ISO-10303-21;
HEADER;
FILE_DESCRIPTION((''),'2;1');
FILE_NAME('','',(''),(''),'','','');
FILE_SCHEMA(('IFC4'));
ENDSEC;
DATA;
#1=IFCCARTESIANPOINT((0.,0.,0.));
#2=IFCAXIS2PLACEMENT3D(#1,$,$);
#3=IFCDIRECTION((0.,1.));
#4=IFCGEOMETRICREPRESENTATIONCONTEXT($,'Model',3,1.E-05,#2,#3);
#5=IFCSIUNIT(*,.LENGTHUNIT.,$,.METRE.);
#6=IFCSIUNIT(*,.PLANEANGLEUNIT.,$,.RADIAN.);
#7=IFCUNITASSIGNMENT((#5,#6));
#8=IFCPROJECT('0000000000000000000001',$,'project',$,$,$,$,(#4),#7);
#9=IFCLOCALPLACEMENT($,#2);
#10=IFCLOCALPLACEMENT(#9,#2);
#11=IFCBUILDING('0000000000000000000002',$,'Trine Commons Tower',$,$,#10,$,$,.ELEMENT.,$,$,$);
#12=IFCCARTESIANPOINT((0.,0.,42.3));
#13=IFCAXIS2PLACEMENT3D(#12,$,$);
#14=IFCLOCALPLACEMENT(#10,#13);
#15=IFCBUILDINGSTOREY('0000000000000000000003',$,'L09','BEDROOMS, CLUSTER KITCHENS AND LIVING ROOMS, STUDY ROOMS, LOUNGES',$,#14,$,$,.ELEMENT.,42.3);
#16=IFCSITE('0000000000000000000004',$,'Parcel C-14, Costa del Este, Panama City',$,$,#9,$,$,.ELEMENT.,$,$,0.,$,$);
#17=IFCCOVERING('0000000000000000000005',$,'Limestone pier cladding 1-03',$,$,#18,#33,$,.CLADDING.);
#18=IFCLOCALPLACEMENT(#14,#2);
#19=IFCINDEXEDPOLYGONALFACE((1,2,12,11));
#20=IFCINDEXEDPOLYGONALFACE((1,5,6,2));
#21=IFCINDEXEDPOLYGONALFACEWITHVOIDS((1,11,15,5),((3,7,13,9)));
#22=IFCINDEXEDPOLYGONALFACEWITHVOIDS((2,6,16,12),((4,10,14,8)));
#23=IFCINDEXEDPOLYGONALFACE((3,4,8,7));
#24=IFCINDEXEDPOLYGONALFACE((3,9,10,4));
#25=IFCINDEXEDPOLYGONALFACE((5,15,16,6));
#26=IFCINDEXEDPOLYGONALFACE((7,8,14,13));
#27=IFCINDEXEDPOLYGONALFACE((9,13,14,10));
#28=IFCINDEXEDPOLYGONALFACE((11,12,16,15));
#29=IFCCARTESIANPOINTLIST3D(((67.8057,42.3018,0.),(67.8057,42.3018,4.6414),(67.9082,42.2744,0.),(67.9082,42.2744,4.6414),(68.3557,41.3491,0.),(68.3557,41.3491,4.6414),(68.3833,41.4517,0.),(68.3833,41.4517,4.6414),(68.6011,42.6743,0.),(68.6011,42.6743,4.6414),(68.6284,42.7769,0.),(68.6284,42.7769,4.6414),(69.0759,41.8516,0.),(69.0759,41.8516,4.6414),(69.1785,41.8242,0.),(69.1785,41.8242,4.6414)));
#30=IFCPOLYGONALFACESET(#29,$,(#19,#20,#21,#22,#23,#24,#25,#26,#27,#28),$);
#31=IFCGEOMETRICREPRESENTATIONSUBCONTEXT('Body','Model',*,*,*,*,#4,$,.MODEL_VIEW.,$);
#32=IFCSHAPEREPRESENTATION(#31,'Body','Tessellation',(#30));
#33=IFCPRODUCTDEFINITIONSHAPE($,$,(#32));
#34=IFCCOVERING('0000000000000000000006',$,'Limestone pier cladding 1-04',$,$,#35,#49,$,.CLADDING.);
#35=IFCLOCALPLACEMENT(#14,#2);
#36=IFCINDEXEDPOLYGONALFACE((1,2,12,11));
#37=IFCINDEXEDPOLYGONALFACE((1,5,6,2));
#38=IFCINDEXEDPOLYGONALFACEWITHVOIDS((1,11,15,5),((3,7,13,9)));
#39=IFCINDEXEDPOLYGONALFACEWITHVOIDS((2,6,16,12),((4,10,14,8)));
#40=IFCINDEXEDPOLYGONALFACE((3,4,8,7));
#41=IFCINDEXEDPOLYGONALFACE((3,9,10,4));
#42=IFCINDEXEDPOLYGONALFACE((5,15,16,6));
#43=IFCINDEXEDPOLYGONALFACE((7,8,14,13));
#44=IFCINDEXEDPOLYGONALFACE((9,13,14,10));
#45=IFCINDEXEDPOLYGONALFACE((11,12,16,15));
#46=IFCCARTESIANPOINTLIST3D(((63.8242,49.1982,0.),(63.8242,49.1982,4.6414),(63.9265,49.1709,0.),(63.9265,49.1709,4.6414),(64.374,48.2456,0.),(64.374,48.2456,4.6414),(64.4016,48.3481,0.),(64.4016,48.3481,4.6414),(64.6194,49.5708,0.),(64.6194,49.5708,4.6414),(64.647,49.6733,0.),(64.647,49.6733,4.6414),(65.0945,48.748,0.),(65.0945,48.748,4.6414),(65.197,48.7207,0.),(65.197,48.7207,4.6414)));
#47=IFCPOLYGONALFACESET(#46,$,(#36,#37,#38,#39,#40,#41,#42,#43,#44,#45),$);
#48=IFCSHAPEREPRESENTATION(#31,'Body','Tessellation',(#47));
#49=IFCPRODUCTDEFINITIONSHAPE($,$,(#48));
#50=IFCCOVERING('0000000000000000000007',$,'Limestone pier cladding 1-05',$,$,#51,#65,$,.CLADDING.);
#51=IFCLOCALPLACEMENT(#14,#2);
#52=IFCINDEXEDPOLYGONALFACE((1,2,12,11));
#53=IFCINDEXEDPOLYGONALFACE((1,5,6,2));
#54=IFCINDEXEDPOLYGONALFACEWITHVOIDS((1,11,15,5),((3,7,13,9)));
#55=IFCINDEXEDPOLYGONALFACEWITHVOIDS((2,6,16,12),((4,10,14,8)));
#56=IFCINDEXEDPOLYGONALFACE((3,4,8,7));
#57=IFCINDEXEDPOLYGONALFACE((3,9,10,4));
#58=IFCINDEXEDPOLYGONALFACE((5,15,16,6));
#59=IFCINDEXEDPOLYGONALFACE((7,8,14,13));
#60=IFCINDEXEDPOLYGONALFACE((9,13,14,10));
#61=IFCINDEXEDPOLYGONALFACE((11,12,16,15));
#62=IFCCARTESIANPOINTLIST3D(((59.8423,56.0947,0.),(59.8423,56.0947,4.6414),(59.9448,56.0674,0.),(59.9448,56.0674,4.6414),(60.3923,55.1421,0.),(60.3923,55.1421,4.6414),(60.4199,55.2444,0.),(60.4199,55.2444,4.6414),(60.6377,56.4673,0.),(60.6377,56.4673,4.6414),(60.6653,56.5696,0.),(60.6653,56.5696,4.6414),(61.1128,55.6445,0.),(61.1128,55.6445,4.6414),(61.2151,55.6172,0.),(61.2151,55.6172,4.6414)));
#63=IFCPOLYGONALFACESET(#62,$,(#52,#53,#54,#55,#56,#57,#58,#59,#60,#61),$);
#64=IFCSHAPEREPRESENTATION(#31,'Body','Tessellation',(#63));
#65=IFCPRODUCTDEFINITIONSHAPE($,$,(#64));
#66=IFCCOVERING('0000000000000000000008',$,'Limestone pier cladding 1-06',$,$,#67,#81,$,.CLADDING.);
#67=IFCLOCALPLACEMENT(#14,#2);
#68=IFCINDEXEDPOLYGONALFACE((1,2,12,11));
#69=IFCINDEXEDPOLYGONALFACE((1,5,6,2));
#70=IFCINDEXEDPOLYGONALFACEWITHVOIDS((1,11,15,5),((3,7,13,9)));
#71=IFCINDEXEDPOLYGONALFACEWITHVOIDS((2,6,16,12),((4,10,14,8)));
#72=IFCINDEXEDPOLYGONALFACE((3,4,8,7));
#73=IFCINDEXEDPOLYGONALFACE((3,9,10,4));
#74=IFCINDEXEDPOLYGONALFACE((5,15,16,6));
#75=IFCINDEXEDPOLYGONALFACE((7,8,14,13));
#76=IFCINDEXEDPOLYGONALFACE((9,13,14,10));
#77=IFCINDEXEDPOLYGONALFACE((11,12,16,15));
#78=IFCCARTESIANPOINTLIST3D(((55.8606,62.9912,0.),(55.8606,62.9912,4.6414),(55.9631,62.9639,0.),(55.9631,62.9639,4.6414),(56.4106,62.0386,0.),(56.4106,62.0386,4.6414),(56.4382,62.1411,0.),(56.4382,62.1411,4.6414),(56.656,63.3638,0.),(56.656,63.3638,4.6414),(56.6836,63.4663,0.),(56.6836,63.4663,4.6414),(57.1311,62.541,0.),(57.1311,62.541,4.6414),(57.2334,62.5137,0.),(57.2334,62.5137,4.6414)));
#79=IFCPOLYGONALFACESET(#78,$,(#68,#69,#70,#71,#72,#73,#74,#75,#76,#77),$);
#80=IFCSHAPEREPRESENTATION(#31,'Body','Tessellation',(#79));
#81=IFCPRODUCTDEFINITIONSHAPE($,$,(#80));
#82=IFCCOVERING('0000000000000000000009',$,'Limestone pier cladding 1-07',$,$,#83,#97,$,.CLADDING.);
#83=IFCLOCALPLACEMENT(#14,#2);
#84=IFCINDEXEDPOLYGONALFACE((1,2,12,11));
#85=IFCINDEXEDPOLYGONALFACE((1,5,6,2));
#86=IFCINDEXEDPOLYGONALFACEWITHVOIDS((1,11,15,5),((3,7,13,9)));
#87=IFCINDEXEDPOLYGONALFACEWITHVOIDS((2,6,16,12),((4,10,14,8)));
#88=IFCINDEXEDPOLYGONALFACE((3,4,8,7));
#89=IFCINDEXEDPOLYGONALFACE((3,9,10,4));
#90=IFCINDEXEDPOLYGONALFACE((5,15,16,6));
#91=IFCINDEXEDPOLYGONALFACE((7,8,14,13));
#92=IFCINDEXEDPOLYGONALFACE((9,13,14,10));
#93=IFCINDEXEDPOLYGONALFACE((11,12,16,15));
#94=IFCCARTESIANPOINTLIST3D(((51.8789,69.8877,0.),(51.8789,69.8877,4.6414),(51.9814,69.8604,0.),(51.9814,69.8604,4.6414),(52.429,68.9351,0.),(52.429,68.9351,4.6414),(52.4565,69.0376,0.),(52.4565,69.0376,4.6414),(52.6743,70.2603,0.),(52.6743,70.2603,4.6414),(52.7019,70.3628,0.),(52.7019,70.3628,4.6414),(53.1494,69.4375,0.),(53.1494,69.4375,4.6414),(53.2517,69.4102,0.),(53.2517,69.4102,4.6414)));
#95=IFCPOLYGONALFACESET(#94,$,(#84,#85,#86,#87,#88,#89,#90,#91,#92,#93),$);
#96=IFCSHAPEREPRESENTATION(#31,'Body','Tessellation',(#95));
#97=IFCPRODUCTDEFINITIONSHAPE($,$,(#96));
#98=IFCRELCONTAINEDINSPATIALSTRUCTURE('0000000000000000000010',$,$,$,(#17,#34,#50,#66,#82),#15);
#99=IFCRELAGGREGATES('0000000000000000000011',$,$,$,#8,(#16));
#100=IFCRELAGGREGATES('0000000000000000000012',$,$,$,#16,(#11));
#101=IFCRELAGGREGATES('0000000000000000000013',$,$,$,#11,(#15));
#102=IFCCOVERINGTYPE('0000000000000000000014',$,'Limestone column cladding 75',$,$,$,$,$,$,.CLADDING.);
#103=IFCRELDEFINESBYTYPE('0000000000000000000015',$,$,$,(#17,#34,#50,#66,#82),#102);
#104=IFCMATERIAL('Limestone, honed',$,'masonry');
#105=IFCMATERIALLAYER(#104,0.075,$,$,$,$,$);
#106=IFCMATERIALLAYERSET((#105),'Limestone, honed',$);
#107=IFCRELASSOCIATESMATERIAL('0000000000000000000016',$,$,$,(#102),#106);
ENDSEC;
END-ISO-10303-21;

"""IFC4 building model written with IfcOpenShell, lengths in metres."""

from ifc_helpers import new_model, si_unit, direction, frame, origin, place, context, subcontext, project, spatial, polyline, outline, extrude, material, layer, layer_set, type_object, element, save


model = new_model("IFC4")

# Units and contexts
model_context = context("Model", 3, precision=1e-05, world=origin(), true_north=direction((0.0, 1.0)))
body_context = subcontext(model_context, "Body", "Model", "MODEL_VIEW")
ifc_project = project(units=[si_unit("LENGTHUNIT", "METRE"), si_unit("PLANEANGLEUNIT", "RADIAN")], contexts=[model_context])

# Site, building, storey
site_placement = place(None, origin())
site = spatial("IfcSite", under=ifc_project, at=site_placement, Name="Parcel C-14, Costa del Este, Panama City", CompositionType="ELEMENT", RefElevation=0.0)
building_placement = place(site_placement, origin())
building = spatial("IfcBuilding", under=site, at=building_placement, Name="Trine Commons Tower", CompositionType="ELEMENT")
storey_placement = place(building_placement, frame((0.0, 0.0, 42.3)))
storey = spatial("IfcBuildingStorey", under=building, at=storey_placement, Name="L09", Description="BEDROOMS, CLUSTER KITCHENS AND LIVING ROOMS, STUDY ROOMS, LOUNGES", CompositionType="ELEMENT", Elevation=42.3)

# Coverings
ifc_material_1 = material(Name="Limestone, honed", Category="masonry")
ifc_layer_1 = layer(ifc_material_1, 0.075)
ifc_layer_set_1 = layer_set([ifc_layer_1], Name="Limestone, honed")
covering_type_1 = type_object("IfcCoveringType", Name="Limestone column cladding 75", PredefinedType="CLADDING", material=ifc_layer_set_1)
covering_1_placement = place(storey_placement, origin())
element("IfcCovering", 1, at=covering_1_placement, inside=storey, type_object=covering_type_1, Name="Limestone pier cladding 1-03", PredefinedType="CLADDING", context=body_context, shape_type="SweptSolid", body=[
    extrude(outline(polyline([(68.6284, 42.7769), (67.8057, 42.3018), (68.3557, 41.3491), (69.1785, 41.8242), (68.6284, 42.7769)]), holes=[polyline([(68.6011, 42.6743), (67.9082, 42.2744), (68.3833, 41.4517), (69.0759, 41.8516), (68.6011, 42.6743)])]), origin(), (0.0, 0.0, 1.0), 4.6414),
])
covering_2_placement = place(storey_placement, origin())
element("IfcCovering", 2, at=covering_2_placement, inside=storey, type_object=covering_type_1, Name="Limestone pier cladding 1-04", PredefinedType="CLADDING", context=body_context, shape_type="SweptSolid", body=[
    extrude(outline(polyline([(64.647, 49.6733), (63.8242, 49.1982), (64.374, 48.2456), (65.197, 48.7207), (64.647, 49.6733)]), holes=[polyline([(64.6194, 49.5708), (63.9265, 49.1709), (64.4016, 48.3481), (65.0945, 48.748), (64.6194, 49.5708)])]), origin(), (0.0, 0.0, 1.0), 4.6414),
])
covering_3_placement = place(storey_placement, origin())
element("IfcCovering", 3, at=covering_3_placement, inside=storey, type_object=covering_type_1, Name="Limestone pier cladding 1-05", PredefinedType="CLADDING", context=body_context, shape_type="SweptSolid", body=[
    extrude(outline(polyline([(60.6653, 56.5696), (59.8423, 56.0947), (60.3923, 55.1421), (61.2151, 55.6172), (60.6653, 56.5696)]), holes=[polyline([(60.6377, 56.4673), (59.9448, 56.0674), (60.4199, 55.2444), (61.1128, 55.6445), (60.6377, 56.4673)])]), origin(), (0.0, 0.0, 1.0), 4.6414),
])
covering_4_placement = place(storey_placement, origin())
element("IfcCovering", 4, at=covering_4_placement, inside=storey, type_object=covering_type_1, Name="Limestone pier cladding 1-06", PredefinedType="CLADDING", context=body_context, shape_type="SweptSolid", body=[
    extrude(outline(polyline([(56.6836, 63.4663), (55.8606, 62.9912), (56.4106, 62.0386), (57.2334, 62.5137), (56.6836, 63.4663)]), holes=[polyline([(56.656, 63.3638), (55.9631, 62.9639), (56.4382, 62.1411), (57.1311, 62.541), (56.656, 63.3638)])]), origin(), (0.0, 0.0, 1.0), 4.6414),
])
covering_5_placement = place(storey_placement, origin())
element("IfcCovering", 5, at=covering_5_placement, inside=storey, type_object=covering_type_1, Name="Limestone pier cladding 1-07", PredefinedType="CLADDING", context=body_context, shape_type="SweptSolid", body=[
    extrude(outline(polyline([(52.7019, 70.3628), (51.8789, 69.8877), (52.429, 68.9351), (53.2517, 69.4102), (52.7019, 70.3628)]), holes=[polyline([(52.6743, 70.2603), (51.9814, 69.8604), (52.4565, 69.0376), (53.1494, 69.4375), (52.6743, 70.2603)])]), origin(), (0.0, 0.0, 1.0), 4.6414),
])

save(model, "model.ifc")
